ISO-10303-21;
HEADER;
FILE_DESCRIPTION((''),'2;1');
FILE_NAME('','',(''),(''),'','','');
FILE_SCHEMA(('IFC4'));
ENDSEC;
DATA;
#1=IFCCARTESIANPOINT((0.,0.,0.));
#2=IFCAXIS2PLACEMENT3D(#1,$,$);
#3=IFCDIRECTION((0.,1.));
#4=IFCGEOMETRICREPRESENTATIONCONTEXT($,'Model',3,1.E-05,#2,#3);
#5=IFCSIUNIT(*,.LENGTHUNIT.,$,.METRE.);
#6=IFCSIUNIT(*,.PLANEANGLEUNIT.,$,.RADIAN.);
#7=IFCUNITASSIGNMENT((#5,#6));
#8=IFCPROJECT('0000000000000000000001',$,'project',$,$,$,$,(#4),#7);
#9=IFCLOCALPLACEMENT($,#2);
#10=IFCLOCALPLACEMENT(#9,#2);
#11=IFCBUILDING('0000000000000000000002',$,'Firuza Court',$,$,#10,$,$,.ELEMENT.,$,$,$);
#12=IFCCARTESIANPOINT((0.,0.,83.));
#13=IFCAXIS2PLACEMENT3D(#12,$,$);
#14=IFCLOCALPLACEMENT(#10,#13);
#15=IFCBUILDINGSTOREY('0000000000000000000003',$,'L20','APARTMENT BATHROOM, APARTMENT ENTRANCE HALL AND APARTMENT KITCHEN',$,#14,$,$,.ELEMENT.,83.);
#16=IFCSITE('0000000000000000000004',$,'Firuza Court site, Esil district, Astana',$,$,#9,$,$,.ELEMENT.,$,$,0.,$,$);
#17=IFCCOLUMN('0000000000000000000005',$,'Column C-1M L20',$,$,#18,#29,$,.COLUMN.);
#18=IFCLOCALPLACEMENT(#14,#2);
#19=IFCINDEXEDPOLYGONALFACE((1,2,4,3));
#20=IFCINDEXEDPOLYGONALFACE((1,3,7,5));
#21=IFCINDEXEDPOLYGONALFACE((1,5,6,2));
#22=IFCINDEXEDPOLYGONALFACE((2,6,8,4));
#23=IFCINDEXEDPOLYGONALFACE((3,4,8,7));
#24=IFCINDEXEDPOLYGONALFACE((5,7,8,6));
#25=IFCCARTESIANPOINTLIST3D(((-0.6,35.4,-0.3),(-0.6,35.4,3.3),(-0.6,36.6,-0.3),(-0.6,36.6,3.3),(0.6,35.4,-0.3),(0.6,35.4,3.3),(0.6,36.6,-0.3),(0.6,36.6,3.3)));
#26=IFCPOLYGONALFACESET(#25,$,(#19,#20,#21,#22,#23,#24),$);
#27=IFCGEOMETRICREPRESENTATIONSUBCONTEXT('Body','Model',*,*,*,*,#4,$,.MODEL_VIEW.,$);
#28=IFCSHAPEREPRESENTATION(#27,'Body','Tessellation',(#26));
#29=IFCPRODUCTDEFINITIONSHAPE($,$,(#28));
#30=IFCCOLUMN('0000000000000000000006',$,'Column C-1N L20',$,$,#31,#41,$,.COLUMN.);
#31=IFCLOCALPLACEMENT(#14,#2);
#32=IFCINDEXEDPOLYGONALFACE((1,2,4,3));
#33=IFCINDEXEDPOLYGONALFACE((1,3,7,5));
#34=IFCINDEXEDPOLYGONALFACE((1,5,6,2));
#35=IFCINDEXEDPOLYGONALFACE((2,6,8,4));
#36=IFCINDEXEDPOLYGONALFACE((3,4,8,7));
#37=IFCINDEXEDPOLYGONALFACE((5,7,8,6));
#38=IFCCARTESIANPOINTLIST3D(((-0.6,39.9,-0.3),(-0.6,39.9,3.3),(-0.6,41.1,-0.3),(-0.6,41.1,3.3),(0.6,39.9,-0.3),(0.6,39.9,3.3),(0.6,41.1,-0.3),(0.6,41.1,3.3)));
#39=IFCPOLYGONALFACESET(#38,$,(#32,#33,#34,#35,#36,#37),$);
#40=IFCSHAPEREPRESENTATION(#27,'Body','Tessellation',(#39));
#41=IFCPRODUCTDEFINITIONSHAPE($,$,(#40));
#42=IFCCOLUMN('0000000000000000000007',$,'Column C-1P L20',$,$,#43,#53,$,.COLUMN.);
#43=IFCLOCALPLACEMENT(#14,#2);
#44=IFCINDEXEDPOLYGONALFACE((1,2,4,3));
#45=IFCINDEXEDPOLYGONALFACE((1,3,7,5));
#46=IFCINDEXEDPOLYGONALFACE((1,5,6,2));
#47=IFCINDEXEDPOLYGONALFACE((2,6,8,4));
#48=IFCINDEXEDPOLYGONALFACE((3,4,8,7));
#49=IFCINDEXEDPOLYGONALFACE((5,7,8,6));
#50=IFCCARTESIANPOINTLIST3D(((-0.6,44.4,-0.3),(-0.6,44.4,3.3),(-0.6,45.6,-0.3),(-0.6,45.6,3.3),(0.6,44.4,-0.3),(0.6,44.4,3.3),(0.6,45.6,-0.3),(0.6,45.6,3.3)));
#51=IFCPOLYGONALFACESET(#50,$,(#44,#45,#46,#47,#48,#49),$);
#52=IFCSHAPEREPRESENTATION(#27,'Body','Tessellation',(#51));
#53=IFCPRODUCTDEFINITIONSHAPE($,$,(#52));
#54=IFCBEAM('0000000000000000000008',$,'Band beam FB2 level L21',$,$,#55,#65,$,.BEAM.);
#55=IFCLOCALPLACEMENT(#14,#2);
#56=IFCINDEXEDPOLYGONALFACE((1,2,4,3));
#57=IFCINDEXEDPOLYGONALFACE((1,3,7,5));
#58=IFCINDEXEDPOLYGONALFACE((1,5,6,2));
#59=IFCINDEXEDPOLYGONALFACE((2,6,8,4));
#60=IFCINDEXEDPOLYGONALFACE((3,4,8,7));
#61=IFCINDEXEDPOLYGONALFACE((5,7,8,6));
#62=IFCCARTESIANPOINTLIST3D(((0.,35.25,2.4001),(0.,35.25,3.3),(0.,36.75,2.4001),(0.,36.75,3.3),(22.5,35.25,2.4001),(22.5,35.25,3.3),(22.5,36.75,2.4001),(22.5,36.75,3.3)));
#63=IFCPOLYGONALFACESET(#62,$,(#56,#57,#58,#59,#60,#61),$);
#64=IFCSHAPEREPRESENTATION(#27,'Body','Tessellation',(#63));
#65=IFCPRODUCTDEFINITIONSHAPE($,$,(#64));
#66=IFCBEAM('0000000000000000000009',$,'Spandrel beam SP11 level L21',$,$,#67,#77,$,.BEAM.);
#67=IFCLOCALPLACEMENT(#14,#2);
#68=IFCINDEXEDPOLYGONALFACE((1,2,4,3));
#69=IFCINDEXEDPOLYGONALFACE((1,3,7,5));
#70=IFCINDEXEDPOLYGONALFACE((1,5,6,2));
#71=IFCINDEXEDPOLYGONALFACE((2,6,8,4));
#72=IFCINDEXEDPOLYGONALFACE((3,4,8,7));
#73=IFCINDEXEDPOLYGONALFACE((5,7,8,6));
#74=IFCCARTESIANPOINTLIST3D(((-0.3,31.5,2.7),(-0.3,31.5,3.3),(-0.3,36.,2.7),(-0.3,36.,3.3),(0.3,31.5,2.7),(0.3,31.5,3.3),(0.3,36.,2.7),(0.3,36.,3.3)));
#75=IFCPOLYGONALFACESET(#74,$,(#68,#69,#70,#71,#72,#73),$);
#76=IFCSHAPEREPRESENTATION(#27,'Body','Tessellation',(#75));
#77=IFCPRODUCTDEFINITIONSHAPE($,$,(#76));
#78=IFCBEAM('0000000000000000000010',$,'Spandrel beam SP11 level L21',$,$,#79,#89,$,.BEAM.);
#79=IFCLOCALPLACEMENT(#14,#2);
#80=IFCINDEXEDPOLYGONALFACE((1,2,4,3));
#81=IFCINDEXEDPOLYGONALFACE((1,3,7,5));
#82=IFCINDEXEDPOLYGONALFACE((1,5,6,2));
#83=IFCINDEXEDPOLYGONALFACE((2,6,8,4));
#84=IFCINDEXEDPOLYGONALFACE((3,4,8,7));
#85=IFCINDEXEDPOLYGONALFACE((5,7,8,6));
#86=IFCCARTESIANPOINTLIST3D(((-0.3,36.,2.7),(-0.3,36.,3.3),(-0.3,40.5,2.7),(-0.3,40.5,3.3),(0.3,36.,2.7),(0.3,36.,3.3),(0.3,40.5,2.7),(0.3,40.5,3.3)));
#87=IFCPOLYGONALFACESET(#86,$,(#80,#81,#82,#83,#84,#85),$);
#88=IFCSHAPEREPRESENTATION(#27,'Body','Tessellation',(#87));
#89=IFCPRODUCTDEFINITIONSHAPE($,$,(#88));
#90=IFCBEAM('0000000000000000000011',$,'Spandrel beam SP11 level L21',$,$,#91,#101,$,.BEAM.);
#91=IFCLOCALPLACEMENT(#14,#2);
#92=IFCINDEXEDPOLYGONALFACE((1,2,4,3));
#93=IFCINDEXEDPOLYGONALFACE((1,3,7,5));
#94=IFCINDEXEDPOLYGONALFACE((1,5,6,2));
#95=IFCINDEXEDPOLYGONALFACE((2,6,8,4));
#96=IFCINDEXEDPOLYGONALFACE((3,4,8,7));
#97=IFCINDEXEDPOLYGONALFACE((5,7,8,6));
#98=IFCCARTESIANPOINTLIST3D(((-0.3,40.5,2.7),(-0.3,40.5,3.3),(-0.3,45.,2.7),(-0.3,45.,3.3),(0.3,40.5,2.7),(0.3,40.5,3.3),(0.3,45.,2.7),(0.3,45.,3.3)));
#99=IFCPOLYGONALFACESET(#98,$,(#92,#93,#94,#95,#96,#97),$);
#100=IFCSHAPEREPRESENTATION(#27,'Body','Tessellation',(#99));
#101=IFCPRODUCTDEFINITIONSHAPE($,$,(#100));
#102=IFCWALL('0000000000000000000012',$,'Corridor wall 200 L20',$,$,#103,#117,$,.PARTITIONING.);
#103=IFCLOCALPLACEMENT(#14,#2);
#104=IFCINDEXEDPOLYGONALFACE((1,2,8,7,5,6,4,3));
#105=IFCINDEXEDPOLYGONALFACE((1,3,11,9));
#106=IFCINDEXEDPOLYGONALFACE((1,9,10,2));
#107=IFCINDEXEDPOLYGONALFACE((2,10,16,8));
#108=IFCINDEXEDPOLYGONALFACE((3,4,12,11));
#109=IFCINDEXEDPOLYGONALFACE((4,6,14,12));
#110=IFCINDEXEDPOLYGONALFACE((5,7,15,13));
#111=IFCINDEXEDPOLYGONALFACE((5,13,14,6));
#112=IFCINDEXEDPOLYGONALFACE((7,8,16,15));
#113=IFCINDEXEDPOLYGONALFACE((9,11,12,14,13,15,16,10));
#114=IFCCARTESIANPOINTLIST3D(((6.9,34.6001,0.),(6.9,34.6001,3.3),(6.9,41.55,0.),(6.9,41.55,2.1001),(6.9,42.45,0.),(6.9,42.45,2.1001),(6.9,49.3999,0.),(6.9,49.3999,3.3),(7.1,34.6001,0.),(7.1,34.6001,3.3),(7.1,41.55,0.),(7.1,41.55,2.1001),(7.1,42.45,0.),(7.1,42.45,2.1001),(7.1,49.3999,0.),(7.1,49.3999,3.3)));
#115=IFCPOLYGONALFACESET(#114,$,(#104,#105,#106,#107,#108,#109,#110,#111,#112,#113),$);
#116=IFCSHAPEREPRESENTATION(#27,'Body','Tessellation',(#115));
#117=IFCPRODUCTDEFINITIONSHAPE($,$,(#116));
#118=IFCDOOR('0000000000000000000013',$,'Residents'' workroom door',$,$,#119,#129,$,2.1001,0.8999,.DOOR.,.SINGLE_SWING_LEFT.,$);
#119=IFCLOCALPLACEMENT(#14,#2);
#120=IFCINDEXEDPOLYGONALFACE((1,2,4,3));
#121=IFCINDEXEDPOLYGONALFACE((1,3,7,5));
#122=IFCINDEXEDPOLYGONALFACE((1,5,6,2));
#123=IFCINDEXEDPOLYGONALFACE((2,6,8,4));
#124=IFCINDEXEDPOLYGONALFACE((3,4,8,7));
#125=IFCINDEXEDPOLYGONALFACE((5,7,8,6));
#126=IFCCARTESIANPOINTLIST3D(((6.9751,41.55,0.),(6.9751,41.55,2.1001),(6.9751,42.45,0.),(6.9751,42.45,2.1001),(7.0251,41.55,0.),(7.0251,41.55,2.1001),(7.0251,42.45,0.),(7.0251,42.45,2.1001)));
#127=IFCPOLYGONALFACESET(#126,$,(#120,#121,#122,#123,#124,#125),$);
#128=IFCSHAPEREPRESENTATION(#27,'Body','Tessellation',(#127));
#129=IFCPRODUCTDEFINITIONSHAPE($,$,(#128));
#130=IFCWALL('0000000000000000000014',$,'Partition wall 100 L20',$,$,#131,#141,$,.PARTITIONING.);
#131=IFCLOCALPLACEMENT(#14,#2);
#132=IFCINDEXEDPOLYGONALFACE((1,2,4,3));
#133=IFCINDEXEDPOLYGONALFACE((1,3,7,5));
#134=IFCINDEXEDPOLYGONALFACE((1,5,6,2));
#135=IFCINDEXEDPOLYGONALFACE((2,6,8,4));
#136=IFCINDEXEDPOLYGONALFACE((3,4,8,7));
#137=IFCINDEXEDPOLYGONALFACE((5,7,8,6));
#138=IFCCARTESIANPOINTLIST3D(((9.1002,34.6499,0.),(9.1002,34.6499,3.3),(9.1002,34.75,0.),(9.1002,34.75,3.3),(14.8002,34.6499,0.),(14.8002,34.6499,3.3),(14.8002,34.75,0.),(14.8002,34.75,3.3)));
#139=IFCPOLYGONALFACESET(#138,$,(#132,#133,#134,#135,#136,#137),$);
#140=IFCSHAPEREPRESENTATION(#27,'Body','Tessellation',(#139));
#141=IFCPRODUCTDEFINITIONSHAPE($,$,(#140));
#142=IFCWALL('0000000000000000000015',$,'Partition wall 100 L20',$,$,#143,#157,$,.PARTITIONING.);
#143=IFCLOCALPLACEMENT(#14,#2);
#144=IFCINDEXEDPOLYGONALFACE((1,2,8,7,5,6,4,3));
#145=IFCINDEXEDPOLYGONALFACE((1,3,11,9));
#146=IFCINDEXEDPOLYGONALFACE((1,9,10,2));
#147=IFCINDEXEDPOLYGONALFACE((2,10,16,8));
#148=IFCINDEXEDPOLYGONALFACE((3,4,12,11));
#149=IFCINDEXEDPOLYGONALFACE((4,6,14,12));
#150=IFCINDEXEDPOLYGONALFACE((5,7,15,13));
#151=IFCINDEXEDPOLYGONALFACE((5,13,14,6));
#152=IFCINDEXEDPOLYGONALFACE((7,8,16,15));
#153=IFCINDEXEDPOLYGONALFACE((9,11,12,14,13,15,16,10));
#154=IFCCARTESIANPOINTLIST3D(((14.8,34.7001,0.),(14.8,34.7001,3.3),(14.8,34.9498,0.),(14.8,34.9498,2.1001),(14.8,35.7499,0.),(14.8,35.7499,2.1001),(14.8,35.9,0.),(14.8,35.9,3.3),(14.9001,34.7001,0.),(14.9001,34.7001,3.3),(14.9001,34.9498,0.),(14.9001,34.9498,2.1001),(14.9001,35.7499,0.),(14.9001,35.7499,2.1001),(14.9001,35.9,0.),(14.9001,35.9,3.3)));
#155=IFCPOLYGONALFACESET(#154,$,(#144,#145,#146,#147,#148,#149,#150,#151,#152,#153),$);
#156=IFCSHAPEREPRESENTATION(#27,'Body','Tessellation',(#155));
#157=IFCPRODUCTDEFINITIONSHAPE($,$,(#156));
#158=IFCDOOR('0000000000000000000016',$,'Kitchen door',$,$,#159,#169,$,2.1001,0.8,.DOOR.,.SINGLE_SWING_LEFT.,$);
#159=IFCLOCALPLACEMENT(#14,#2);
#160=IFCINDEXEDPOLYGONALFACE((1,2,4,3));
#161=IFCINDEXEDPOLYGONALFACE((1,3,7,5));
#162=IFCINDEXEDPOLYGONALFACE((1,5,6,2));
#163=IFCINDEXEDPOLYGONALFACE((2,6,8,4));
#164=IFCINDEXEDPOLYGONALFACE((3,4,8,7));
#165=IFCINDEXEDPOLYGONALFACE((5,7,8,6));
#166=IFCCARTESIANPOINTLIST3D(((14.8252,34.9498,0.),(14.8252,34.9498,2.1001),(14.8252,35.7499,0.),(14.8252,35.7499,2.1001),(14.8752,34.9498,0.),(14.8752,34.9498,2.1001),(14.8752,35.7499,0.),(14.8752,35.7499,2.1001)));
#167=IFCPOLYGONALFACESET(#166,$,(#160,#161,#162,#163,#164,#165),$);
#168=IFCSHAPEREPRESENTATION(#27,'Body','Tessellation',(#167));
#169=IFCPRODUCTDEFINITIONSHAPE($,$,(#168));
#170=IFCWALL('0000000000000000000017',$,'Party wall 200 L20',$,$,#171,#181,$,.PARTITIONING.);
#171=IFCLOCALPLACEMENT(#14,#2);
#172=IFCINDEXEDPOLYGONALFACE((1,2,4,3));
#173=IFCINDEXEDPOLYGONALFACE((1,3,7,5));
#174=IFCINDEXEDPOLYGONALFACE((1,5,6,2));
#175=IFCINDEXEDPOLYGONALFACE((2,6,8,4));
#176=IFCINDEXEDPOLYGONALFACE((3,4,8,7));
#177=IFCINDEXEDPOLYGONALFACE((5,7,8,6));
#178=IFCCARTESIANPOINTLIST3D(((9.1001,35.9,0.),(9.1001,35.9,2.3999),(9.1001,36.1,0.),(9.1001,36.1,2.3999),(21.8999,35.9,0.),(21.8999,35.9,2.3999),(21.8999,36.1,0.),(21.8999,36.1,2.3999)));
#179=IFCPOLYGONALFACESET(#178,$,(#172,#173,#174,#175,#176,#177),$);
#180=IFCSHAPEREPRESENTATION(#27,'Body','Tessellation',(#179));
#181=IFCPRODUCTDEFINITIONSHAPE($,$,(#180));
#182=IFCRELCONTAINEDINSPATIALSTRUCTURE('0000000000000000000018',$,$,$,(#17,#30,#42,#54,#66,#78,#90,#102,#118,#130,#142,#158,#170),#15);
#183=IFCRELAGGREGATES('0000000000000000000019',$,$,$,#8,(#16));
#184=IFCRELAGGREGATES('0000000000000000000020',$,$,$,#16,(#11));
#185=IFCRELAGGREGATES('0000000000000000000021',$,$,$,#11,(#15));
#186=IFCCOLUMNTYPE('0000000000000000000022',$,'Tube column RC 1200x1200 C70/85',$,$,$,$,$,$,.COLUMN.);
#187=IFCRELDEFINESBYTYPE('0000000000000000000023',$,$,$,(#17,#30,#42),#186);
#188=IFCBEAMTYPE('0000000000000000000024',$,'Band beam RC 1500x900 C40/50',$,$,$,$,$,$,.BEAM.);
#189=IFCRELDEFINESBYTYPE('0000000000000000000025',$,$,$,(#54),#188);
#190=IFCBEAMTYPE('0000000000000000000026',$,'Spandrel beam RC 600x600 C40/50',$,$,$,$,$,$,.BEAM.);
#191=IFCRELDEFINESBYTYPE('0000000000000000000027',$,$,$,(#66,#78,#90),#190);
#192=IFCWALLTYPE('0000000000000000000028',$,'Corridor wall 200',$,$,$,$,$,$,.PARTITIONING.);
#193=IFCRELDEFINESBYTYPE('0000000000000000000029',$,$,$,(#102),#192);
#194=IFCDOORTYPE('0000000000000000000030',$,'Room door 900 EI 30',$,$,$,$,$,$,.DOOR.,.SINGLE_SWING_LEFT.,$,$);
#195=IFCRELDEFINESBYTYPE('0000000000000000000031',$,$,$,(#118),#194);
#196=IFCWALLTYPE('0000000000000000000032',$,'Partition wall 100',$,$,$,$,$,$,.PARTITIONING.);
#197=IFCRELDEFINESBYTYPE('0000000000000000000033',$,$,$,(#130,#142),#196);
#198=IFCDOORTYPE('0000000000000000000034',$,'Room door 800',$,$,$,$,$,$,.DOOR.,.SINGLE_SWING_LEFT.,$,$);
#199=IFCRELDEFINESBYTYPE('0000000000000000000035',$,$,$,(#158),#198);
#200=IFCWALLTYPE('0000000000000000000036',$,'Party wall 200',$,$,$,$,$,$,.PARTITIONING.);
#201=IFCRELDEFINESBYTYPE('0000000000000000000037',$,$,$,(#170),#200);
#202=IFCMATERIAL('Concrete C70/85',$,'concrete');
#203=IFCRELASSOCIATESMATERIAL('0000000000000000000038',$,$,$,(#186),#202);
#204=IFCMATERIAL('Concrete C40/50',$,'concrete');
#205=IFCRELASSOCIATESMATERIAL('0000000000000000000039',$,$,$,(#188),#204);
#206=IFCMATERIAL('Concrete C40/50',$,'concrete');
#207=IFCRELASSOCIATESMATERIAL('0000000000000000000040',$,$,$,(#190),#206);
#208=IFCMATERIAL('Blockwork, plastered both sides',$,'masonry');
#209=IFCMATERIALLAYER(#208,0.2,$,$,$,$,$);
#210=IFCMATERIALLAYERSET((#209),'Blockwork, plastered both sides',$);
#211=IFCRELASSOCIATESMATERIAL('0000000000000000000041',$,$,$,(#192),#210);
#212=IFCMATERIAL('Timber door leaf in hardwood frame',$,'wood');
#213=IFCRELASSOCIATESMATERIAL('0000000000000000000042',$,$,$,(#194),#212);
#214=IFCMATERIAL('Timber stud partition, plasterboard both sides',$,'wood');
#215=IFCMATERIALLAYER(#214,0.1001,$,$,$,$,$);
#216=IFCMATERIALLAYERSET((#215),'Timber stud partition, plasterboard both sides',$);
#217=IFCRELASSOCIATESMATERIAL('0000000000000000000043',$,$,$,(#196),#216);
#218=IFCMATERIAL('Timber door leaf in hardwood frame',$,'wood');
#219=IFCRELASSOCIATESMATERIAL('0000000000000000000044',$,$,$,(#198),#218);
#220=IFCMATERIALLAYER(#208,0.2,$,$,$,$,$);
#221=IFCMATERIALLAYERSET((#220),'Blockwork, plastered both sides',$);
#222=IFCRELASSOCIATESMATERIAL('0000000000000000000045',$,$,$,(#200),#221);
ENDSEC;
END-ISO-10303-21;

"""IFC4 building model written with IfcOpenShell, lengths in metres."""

from ifc_helpers import new_model, si_unit, direction, frame, frame_2d, origin, origin_2d, place, context, subcontext, project, spatial, rectangle, extrude, material, layer, layer_set, material_profile, profile_set, type_object, element, fill, save


model = new_model("IFC4")

# Units and contexts
model_context = context("Model", 3, precision=1e-05, world=origin(), true_north=direction((0.0, 1.0)))
body_context = subcontext(model_context, "Body", "Model", "MODEL_VIEW")
ifc_project = project(units=[si_unit("LENGTHUNIT", "METRE"), si_unit("PLANEANGLEUNIT", "RADIAN")], contexts=[model_context])

# Site, building, storey
site_placement = place(None, origin())
site = spatial("IfcSite", under=ifc_project, at=site_placement, Name="Firuza Court site, Esil district, Astana", CompositionType="ELEMENT", RefElevation=0.0)
building_placement = place(site_placement, origin())
building = spatial("IfcBuilding", under=site, at=building_placement, Name="Firuza Court", CompositionType="ELEMENT")
storey_placement = place(building_placement, frame((0.0, 0.0, 83.0)))
storey = spatial("IfcBuildingStorey", under=building, at=storey_placement, Name="L20", Description="APARTMENT BATHROOM, APARTMENT ENTRANCE HALL AND APARTMENT KITCHEN", CompositionType="ELEMENT", Elevation=83.0)

# Columns
ifc_material_1 = material(Name="Concrete C70/85", Category="concrete")
ifc_material_profile_1 = material_profile(ifc_material_1, rectangle(XDim=1.2, YDim=1.2, at=origin_2d()), Name="RC 1200x1200")
ifc_profile_set_1 = profile_set([ifc_material_profile_1], Name="Concrete C70/85")
column_type = type_object("IfcColumnType", Name="Tube column RC 1200x1200 C70/85", PredefinedType="COLUMN", material=ifc_profile_set_1)
for number, where, z_axis, x_axis, name in (
    (1, (0.0, 36.0, -0.3), (0.0, 0.0, 1.0), (1.0, 0.0, 0.0), "Column C-1M L20"),
    (2, (0.0, 40.5, -0.3), (0.0, 0.0, 1.0), (1.0, 0.0, 0.0), "Column C-1N L20"),
    (3, (0.0, 45.0, -0.3), (0.0, 0.0, 1.0), (1.0, 0.0, 0.0), "Column C-1P L20"),
):
    element("IfcColumn", number, at=place(storey_placement, frame(where, z_axis=z_axis, x_axis=x_axis)), inside=storey, type_object=column_type, Name=name, PredefinedType="COLUMN", context=body_context, shape_type="SweptSolid", body=[
        extrude(rectangle(XDim=1.2, YDim=1.2, at=origin_2d()), origin(), (0.0, 0.0, 1.0), 3.6001),
    ])

# Beams
ifc_material_2 = material(Name="Concrete C40/50", Category="concrete")
ifc_material_profile_2 = material_profile(ifc_material_2, rectangle(XDim=1.5, YDim=0.8999, at=origin_2d()), Name="RC 1500x900")
ifc_profile_set_2 = profile_set([ifc_material_profile_2], Name="Concrete C40/50")
beam_type_1 = type_object("IfcBeamType", Name="Band beam RC 1500x900 C40/50", PredefinedType="BEAM", material=ifc_profile_set_2)
beam_placement = place(storey_placement, frame((0.0, 36.0, 2.8501), z_axis=(1.0, 0.0, 0.0), x_axis=(0.0, 1.0, 0.0)))
element("IfcBeam", 4, at=beam_placement, inside=storey, type_object=beam_type_1, Name="Band beam FB2 level L21", PredefinedType="BEAM", context=body_context, shape_type="SweptSolid", body=[
    extrude(rectangle(XDim=1.5, YDim=0.8999, at=origin_2d()), origin(), (0.0, 0.0, 1.0), 22.5),
])
ifc_material_3 = material(Name="Concrete C40/50", Category="concrete")
ifc_material_profile_3 = material_profile(ifc_material_3, rectangle(XDim=0.6001, YDim=0.6001, at=origin_2d()), Name="RC 600x600")
ifc_profile_set_3 = profile_set([ifc_material_profile_3], Name="Concrete C40/50")
beam_type_2 = type_object("IfcBeamType", Name="Spandrel beam RC 600x600 C40/50", PredefinedType="BEAM", material=ifc_profile_set_3)
for number, where, z_axis, x_axis, name in (
    (5, (0.0, 36.0, 3.0), (0.0, -1.0, 0.0), (1.0, 0.0, 0.0), "Spandrel beam SP11 level L21"),
    (6, (0.0, 40.5, 3.0), (0.0, -1.0, 0.0), (1.0, 0.0, 0.0), "Spandrel beam SP11 level L21"),
    (7, (0.0, 45.0, 3.0), (0.0, -1.0, 0.0), (1.0, 0.0, 0.0), "Spandrel beam SP11 level L21"),
):
    element("IfcBeam", number, at=place(storey_placement, frame(where, z_axis=z_axis, x_axis=x_axis)), inside=storey, type_object=beam_type_2, Name=name, PredefinedType="BEAM", context=body_context, shape_type="SweptSolid", body=[
        extrude(rectangle(XDim=0.6001, YDim=0.6001, at=origin_2d()), origin(), (0.0, 0.0, 1.0), 4.5),
    ])

# Wall, opening, door
ifc_material_4 = material(Name="Blockwork, plastered both sides", Category="masonry")
ifc_layer_1 = layer(ifc_material_4, 0.2)
ifc_layer_set_1 = layer_set([ifc_layer_1], Name="Blockwork, plastered both sides")
wall_type_1 = type_object("IfcWallType", Name="Corridor wall 200", PredefinedType="PARTITIONING", material=ifc_layer_set_1)
wall_1_placement = place(storey_placement, frame((7.0, 34.6001, 0.0), z_axis=(0.0, 0.0, 1.0), x_axis=(0.0, 1.0, 0.0)))
wall_1 = element("IfcWall", 8, at=wall_1_placement, inside=storey, type_object=wall_type_1, Name="Corridor wall 200 L20", PredefinedType="PARTITIONING", context=body_context, shape_type="SweptSolid", body=[
    extrude(rectangle(XDim=14.7998, YDim=0.2, at=frame_2d((7.3999, 0.0))), origin(), (0.0, 0.0, 1.0), 3.3),
])
opening_1_placement = place(wall_1_placement, frame((6.95, 0.0, 0.0)))
opening_1 = element("IfcOpeningElement", 9, at=opening_1_placement, cuts=wall_1, PredefinedType="OPENING", context=body_context, shape_type="SweptSolid", body=[
    extrude(rectangle(XDim=0.8999, YDim=2.1001, at=frame_2d((0.45, 1.05))), frame((0.0, 0.1118, 0.0), z_axis=(0.0, -1.0, 0.0), x_axis=(1.0, 0.0, 0.0)), (0.0, 0.0, 1.0), 0.2239),
])
ifc_material_5 = material(Name="Timber door leaf in hardwood frame", Category="wood")
door_type_1 = type_object("IfcDoorType", Name="Room door 900 EI 30", OperationType="SINGLE_SWING_LEFT", PredefinedType="DOOR", material=ifc_material_5)
door_1_placement = place(opening_1_placement, origin())
door_1 = element("IfcDoor", 10, at=door_1_placement, inside=storey, type_object=door_type_1, Name="Residents' workroom door", OperationType="SINGLE_SWING_LEFT", OverallHeight=2.1001, OverallWidth=0.8999, PredefinedType="DOOR", context=body_context, shape_type="SweptSolid", body=[
    extrude(rectangle(XDim=0.8999, YDim=2.1001, at=frame_2d((0.45, 1.05))), frame((0.0, 0.0249, 0.0), z_axis=(0.0, -1.0, 0.0), x_axis=(1.0, 0.0, 0.0)), (0.0, 0.0, 1.0), 0.05),
])
fill(opening_1, door_1)

# Wall
ifc_material_6 = material(Name="Timber stud partition, plasterboard both sides", Category="wood")
ifc_layer_2 = layer(ifc_material_6, 0.1001)
ifc_layer_set_2 = layer_set([ifc_layer_2], Name="Timber stud partition, plasterboard both sides")
wall_type_2 = type_object("IfcWallType", Name="Partition wall 100", PredefinedType="PARTITIONING", material=ifc_layer_set_2)
wall_2_placement = place(storey_placement, frame((9.1001, 34.7, 0.0), z_axis=(0.0, 0.0, 1.0), x_axis=(1.0, 0.0, 0.0)))
element("IfcWall", 11, at=wall_2_placement, inside=storey, type_object=wall_type_2, Name="Partition wall 100 L20", PredefinedType="PARTITIONING", context=body_context, shape_type="SweptSolid", body=[
    extrude(rectangle(XDim=5.7, YDim=0.1001, at=frame_2d((2.8501, 0.0))), origin(), (0.0, 0.0, 1.0), 3.3),
])

# Wall, opening, door
wall_3_placement = place(storey_placement, frame((14.8501, 34.7, 0.0), z_axis=(0.0, 0.0, 1.0), x_axis=(0.0, 1.0, 0.0)))
wall_3 = element("IfcWall", 12, at=wall_3_placement, inside=storey, type_object=wall_type_2, Name="Partition wall 100 L20", PredefinedType="PARTITIONING", context=body_context, shape_type="SweptSolid", body=[
    extrude(rectangle(XDim=1.2, YDim=0.1001, at=frame_2d((0.6001, 0.0))), origin(), (0.0, 0.0, 1.0), 3.3),
])
opening_2_placement = place(wall_3_placement, frame((0.25, 0.0, 0.0)))
opening_2 = element("IfcOpeningElement", 13, at=opening_2_placement, cuts=wall_3, PredefinedType="OPENING", context=body_context, shape_type="SweptSolid", body=[
    extrude(rectangle(XDim=0.8, YDim=2.1001, at=frame_2d((0.3999, 1.05))), frame((0.0, 0.062, 0.0), z_axis=(0.0, -1.0, 0.0), x_axis=(1.0, 0.0, 0.0)), (0.0, 0.0, 1.0), 0.124),
])
ifc_material_7 = material(Name="Timber door leaf in hardwood frame", Category="wood")
door_type_2 = type_object("IfcDoorType", Name="Room door 800", OperationType="SINGLE_SWING_LEFT", PredefinedType="DOOR", material=ifc_material_7)
door_2_placement = place(opening_2_placement, origin())
door_2 = element("IfcDoor", 14, at=door_2_placement, inside=storey, type_object=door_type_2, Name="Kitchen door", OperationType="SINGLE_SWING_LEFT", OverallHeight=2.1001, OverallWidth=0.8, PredefinedType="DOOR", context=body_context, shape_type="SweptSolid", body=[
    extrude(rectangle(XDim=0.8, YDim=2.1001, at=frame_2d((0.3999, 1.05))), frame((0.0, 0.0249, 0.0), z_axis=(0.0, -1.0, 0.0), x_axis=(1.0, 0.0, 0.0)), (0.0, 0.0, 1.0), 0.05),
])
fill(opening_2, door_2)

# Wall
ifc_layer_3 = layer(ifc_material_4, 0.2)
ifc_layer_set_3 = layer_set([ifc_layer_3], Name="Blockwork, plastered both sides")
wall_type_3 = type_object("IfcWallType", Name="Party wall 200", PredefinedType="PARTITIONING", material=ifc_layer_set_3)
wall_4_placement = place(storey_placement, frame((9.1001, 36.0, 0.0), z_axis=(0.0, 0.0, 1.0), x_axis=(1.0, 0.0, 0.0)))
element("IfcWall", 15, at=wall_4_placement, inside=storey, type_object=wall_type_3, Name="Party wall 200 L20", PredefinedType="PARTITIONING", context=body_context, shape_type="SweptSolid", body=[
    extrude(rectangle(XDim=12.7998, YDim=0.2, at=frame_2d((6.3999, 0.0))), origin(), (0.0, 0.0, 1.0), 2.3999),
])

save(model, "model.ifc")
